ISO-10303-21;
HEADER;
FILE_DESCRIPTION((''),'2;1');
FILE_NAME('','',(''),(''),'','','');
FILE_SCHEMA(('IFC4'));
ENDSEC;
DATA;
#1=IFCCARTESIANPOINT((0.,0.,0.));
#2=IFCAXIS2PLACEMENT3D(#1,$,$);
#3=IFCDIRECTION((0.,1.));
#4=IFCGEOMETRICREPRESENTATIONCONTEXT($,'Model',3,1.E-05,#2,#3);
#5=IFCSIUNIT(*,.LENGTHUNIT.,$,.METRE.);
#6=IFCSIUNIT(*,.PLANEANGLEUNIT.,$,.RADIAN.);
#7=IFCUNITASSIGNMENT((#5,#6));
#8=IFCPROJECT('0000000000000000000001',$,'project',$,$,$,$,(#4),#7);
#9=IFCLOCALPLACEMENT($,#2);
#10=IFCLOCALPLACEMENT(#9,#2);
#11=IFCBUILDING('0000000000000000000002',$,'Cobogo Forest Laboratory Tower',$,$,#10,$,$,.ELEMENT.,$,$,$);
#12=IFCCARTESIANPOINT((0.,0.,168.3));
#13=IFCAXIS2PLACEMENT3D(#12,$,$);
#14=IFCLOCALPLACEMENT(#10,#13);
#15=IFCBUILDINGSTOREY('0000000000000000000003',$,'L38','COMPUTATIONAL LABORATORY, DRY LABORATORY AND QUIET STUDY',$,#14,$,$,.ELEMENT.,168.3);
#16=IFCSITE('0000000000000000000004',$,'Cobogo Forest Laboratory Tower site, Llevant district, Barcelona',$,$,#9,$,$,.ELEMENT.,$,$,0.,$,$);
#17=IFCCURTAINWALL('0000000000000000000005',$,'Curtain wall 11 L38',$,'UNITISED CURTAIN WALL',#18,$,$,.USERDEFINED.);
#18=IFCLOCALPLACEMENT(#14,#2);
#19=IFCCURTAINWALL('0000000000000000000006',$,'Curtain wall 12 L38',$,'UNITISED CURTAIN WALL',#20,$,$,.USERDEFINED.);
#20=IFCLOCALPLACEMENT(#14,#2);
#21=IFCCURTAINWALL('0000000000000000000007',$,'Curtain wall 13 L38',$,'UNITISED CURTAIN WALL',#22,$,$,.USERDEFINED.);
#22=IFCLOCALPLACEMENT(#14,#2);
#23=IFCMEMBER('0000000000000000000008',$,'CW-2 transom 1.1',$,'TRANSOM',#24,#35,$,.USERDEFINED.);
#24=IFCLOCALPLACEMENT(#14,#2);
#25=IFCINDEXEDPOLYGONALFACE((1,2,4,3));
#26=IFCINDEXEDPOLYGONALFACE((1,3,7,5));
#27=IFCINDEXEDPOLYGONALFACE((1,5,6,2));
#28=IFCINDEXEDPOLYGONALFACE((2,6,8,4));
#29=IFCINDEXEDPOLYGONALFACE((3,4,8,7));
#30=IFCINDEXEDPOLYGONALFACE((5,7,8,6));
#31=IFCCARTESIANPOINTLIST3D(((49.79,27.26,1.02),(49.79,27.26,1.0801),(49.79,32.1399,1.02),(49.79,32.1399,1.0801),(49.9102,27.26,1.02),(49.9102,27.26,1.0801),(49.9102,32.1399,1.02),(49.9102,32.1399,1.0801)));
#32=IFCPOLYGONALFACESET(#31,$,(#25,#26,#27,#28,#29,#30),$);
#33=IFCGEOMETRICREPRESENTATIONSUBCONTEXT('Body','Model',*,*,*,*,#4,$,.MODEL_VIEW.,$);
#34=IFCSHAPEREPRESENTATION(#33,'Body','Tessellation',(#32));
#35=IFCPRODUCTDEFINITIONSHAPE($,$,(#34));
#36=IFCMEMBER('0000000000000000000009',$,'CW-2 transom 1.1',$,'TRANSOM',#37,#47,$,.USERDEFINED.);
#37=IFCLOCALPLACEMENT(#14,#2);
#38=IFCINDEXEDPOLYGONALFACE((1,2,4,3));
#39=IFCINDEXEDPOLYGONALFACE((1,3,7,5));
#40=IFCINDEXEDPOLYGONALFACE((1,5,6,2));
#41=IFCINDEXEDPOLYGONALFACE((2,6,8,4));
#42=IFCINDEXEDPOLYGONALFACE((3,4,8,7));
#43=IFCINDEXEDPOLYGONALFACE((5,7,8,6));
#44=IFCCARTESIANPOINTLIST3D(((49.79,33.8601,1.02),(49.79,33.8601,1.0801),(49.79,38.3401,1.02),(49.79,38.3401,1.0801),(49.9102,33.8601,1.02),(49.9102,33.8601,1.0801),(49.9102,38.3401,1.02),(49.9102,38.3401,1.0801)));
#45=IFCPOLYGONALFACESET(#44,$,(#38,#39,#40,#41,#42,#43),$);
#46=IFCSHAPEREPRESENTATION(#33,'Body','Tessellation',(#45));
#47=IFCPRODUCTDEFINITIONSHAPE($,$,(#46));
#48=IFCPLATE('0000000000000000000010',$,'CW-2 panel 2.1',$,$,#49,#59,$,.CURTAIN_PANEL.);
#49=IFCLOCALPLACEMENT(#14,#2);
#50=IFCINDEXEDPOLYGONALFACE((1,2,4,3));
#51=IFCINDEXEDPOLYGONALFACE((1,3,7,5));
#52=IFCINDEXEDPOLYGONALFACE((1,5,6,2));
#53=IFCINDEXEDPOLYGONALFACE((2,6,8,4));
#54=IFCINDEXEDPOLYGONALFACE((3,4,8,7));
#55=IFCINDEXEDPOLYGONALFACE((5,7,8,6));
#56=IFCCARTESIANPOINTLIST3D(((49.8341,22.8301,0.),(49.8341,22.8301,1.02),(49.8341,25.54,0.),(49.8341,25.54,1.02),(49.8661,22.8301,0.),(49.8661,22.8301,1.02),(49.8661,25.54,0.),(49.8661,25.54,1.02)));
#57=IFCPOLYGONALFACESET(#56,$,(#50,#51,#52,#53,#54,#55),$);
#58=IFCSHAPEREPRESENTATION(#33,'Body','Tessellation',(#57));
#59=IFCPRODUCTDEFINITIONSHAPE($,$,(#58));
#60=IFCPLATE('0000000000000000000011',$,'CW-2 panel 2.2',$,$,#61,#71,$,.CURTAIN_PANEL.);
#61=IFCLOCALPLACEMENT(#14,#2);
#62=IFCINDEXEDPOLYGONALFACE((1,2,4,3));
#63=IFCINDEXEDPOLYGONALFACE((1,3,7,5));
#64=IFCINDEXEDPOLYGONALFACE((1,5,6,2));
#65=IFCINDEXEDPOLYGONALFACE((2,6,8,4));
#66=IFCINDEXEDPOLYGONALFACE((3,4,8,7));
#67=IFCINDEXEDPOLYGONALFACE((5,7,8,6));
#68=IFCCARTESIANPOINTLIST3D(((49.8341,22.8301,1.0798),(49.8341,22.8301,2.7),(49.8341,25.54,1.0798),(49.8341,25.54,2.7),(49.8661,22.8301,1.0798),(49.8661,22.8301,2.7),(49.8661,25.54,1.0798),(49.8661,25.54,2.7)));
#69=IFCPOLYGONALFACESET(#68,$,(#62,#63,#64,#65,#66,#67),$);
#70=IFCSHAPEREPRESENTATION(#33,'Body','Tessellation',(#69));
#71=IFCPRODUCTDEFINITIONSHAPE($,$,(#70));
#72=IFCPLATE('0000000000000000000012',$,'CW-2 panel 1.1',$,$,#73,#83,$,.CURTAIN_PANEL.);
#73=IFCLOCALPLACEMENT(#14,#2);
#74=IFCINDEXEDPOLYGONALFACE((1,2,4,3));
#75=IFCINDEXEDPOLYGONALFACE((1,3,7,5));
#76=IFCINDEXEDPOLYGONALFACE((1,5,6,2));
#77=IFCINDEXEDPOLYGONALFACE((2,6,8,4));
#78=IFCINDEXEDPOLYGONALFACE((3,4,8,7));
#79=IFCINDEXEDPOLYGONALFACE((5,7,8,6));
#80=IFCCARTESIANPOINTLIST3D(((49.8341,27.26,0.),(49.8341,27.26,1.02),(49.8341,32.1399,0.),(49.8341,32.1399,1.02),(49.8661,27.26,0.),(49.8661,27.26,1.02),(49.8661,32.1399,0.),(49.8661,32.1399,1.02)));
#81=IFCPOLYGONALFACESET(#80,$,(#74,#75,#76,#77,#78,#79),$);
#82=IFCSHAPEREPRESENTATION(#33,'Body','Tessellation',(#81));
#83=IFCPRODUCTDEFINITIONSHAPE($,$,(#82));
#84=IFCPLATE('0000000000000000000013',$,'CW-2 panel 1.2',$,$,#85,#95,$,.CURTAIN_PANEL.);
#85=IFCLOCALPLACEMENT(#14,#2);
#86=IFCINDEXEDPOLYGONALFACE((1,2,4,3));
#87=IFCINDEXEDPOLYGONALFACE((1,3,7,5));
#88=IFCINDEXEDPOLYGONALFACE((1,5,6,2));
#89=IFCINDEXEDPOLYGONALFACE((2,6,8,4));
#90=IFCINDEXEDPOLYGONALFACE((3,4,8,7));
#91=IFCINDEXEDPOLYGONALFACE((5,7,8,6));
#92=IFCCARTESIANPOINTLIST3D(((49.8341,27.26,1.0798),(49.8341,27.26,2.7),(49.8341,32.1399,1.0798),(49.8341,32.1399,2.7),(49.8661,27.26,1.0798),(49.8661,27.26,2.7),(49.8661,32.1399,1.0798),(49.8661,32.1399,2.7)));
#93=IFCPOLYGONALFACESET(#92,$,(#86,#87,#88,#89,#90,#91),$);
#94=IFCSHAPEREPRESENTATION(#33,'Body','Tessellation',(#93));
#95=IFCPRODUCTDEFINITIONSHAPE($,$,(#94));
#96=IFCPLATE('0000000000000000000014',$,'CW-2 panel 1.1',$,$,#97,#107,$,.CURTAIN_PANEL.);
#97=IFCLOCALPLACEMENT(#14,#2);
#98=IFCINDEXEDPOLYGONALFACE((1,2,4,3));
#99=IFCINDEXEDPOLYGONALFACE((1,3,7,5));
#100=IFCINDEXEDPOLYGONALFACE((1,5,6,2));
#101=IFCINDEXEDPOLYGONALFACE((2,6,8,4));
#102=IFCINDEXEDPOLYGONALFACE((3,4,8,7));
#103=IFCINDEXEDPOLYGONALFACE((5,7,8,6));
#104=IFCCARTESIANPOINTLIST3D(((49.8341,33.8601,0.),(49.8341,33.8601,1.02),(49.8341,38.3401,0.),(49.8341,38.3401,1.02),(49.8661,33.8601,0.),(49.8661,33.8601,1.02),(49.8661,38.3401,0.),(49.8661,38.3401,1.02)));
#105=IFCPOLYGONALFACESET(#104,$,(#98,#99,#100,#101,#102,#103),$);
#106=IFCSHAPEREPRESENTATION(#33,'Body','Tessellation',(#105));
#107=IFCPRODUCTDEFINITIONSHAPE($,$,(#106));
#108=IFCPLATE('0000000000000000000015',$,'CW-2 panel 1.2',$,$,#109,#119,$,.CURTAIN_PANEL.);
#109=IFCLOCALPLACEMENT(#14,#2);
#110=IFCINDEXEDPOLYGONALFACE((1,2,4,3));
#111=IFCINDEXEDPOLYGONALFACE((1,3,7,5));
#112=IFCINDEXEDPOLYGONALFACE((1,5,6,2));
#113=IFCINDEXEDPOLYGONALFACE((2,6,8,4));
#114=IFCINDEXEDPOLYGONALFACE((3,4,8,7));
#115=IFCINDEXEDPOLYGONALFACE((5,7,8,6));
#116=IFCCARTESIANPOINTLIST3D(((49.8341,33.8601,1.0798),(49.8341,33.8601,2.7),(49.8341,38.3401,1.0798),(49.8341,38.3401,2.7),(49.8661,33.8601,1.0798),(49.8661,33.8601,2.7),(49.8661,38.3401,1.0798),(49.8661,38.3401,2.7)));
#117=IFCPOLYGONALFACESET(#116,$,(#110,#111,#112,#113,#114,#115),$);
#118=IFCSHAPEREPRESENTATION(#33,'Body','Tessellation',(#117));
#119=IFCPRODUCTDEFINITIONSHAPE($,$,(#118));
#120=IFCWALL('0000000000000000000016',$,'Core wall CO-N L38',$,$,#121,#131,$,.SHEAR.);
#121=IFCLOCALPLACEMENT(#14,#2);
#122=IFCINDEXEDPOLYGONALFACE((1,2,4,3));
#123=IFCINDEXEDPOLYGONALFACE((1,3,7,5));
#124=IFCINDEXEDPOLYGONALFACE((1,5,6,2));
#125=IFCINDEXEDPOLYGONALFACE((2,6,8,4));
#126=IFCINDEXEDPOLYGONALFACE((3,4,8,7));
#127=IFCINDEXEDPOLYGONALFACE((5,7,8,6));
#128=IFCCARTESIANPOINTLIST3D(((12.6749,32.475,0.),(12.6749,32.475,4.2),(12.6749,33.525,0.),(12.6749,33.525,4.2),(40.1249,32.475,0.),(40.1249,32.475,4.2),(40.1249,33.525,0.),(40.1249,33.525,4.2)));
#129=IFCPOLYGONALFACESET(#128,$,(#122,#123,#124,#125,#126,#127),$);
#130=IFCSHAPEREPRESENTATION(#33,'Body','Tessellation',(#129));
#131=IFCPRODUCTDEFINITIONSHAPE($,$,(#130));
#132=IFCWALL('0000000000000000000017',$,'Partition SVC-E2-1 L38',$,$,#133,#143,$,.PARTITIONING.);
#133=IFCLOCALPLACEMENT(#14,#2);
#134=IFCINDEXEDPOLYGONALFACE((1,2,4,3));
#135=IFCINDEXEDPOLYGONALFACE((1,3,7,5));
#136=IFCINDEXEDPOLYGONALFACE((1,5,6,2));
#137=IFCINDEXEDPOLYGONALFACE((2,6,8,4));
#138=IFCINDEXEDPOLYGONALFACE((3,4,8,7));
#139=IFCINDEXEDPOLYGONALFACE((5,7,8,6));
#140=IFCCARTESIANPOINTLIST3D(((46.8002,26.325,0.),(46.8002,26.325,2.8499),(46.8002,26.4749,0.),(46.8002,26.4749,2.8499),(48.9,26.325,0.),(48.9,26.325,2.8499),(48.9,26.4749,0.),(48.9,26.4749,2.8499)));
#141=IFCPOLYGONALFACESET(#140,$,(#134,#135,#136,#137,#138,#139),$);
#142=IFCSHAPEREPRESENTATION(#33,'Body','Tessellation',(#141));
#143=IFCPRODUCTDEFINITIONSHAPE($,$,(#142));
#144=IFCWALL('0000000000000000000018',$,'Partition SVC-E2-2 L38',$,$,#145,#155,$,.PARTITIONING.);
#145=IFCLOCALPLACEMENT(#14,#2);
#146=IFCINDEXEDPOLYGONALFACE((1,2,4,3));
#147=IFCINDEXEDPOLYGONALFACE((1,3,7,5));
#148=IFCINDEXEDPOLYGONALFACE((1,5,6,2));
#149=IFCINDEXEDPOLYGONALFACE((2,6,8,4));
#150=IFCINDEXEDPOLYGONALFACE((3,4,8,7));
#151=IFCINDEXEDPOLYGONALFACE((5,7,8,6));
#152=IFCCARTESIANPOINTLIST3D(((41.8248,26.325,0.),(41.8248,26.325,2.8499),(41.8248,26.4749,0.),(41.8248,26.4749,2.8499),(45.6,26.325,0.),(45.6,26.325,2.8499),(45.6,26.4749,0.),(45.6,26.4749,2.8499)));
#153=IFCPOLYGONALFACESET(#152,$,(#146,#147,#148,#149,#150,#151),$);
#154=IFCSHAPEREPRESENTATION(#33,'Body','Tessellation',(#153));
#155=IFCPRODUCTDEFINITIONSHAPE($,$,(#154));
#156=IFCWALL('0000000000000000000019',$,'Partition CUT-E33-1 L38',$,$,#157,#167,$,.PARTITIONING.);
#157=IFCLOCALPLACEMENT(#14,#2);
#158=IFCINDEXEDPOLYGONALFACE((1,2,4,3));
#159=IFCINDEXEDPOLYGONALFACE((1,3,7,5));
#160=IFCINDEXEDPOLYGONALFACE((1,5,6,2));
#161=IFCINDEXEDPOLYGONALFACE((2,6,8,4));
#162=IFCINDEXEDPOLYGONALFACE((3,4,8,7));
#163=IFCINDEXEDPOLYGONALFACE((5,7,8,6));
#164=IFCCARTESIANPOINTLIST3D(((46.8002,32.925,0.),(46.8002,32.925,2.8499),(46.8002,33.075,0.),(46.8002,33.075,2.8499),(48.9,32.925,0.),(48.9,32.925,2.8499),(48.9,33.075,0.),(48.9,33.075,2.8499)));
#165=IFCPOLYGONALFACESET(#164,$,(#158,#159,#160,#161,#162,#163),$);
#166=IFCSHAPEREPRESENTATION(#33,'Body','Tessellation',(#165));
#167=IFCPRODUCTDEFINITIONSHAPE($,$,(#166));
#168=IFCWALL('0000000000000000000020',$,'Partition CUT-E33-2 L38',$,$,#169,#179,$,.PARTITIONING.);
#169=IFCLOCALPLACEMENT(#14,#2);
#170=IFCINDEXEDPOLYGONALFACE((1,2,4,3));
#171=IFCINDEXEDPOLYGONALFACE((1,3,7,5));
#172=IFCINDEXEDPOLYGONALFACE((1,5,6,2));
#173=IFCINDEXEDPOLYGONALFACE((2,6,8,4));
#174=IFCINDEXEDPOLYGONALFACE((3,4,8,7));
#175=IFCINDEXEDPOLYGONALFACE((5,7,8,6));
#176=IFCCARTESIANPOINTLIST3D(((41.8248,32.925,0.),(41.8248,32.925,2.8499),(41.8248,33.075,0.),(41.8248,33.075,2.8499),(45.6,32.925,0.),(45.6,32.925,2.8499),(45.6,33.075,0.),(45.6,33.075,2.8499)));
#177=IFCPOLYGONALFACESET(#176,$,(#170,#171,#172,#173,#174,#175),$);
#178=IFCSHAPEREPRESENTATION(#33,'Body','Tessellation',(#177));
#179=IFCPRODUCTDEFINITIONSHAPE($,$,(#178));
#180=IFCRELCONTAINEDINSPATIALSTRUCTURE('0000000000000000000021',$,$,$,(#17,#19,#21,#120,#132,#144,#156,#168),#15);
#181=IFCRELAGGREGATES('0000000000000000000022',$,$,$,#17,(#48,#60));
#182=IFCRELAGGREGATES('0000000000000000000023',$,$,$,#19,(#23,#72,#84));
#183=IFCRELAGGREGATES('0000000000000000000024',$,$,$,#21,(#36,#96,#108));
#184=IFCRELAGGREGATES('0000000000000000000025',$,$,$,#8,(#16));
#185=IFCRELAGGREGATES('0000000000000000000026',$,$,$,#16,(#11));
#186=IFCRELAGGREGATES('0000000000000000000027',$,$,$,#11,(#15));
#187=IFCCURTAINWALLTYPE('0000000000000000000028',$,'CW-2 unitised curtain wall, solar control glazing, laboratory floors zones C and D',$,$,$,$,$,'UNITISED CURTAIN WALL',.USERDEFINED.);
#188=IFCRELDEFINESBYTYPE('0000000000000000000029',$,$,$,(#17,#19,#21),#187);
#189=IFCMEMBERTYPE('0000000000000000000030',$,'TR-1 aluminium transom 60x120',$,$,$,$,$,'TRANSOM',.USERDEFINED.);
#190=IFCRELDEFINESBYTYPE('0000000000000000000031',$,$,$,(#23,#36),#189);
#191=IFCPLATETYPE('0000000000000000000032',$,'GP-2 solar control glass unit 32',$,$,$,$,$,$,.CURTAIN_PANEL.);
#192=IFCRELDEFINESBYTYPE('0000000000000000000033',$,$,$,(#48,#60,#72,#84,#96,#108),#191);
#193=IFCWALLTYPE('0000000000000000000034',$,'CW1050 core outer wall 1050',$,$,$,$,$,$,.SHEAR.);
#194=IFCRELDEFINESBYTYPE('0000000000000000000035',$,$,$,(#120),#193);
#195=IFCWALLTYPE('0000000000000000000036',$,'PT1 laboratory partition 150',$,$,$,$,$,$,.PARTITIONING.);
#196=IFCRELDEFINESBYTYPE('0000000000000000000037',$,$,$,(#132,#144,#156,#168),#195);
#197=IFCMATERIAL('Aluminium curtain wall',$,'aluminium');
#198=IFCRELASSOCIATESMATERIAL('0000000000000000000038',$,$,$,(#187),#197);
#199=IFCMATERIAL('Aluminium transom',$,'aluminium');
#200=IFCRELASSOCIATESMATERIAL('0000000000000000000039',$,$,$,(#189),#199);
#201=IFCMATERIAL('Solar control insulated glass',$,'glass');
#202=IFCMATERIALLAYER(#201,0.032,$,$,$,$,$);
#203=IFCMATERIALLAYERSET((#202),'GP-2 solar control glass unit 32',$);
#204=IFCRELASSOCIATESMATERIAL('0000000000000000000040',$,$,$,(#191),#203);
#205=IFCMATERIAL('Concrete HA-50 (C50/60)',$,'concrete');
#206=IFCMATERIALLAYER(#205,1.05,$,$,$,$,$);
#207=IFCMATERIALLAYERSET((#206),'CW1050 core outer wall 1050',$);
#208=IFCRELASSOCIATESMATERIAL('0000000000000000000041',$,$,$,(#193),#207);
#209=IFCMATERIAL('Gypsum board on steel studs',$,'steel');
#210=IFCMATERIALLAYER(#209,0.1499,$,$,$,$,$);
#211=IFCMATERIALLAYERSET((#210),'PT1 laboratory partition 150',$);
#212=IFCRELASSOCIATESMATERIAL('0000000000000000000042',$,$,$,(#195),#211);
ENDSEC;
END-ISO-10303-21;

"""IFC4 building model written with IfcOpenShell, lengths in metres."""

from ifc_helpers import new_model, si_unit, direction, frame, frame_2d, origin, origin_2d, place, context, subcontext, project, spatial, rectangle, extrude, material, layer, layer_set, material_profile, profile_set, type_object, element, aggregate, save


model = new_model("IFC4")

# Units and contexts
model_context = context("Model", 3, precision=1e-05, world=origin(), true_north=direction((0.0, 1.0)))
body_context = subcontext(model_context, "Body", "Model", "MODEL_VIEW")
ifc_project = project(units=[si_unit("LENGTHUNIT", "METRE"), si_unit("PLANEANGLEUNIT", "RADIAN")], contexts=[model_context])

# Site, building, storey
site_placement = place(None, origin())
site = spatial("IfcSite", under=ifc_project, at=site_placement, Name="Cobogo Forest Laboratory Tower site, Llevant district, Barcelona", CompositionType="ELEMENT", RefElevation=0.0)
building_placement = place(site_placement, origin())
building = spatial("IfcBuilding", under=site, at=building_placement, Name="Cobogo Forest Laboratory Tower", CompositionType="ELEMENT")
storey_placement = place(building_placement, frame((0.0, 0.0, 168.3)))
storey = spatial("IfcBuildingStorey", under=building, at=storey_placement, Name="L38", Description="COMPUTATIONAL LABORATORY, DRY LABORATORY AND QUIET STUDY", CompositionType="ELEMENT", Elevation=168.3)

# Shared definitions
ifc_material_1 = material(Name="Concrete HA-50 (C50/60)", Category="concrete")

# Curtain wall
ifc_material_2 = material(Name="Aluminium curtain wall", Category="aluminium")
curtain_wall_type = type_object("IfcCurtainWallType", Name="CW-2 unitised curtain wall, solar control glazing, laboratory floors zones C and D", ElementType="UNITISED CURTAIN WALL", PredefinedType="USERDEFINED", material=ifc_material_2)
curtain_wall_1_placement = place(storey_placement, origin())
curtain_wall_1 = element("IfcCurtainWall", 1, at=curtain_wall_1_placement, inside=storey, type_object=curtain_wall_type, Name="Curtain wall 11 L38", ObjectType="UNITISED CURTAIN WALL", PredefinedType="USERDEFINED")

# Curtain walls
curtain_wall_2_placement = place(storey_placement, origin())
curtain_wall_2 = element("IfcCurtainWall", 2, at=curtain_wall_2_placement, inside=storey, type_object=curtain_wall_type, Name="Curtain wall 12 L38", ObjectType="UNITISED CURTAIN WALL", PredefinedType="USERDEFINED")
curtain_wall_3_placement = place(storey_placement, origin())
curtain_wall_3 = element("IfcCurtainWall", 3, at=curtain_wall_3_placement, inside=storey, type_object=curtain_wall_type, Name="Curtain wall 13 L38", ObjectType="UNITISED CURTAIN WALL", PredefinedType="USERDEFINED")

# Members
ifc_material_3 = material(Name="Aluminium transom", Category="aluminium")
ifc_material_profile_1 = material_profile(ifc_material_3, rectangle(XDim=0.1201, YDim=0.0601, at=origin_2d()), Name="AL 60x120")
ifc_profile_set_1 = profile_set([ifc_material_profile_1], Name="Aluminium transom")
member_type_1 = type_object("IfcMemberType", Name="TR-1 aluminium transom 60x120", ElementType="TRANSOM", PredefinedType="USERDEFINED", material=ifc_profile_set_1)
member_1_placement = place(storey_placement, frame((49.8501, 27.26, 1.05), z_axis=(0.0, 1.0, 0.0), x_axis=(-1.0, 0.0, 0.0)))
member_1 = element("IfcMember", 4, at=member_1_placement, type_object=member_type_1, Name="CW-2 transom 1.1", ObjectType="TRANSOM", PredefinedType="USERDEFINED", context=body_context, shape_type="SweptSolid", body=[
    extrude(rectangle(XDim=0.1201, YDim=0.0601, at=origin_2d()), origin(), (0.0, 0.0, 1.0), 4.8799),
])
member_2_placement = place(storey_placement, frame((49.8501, 33.8601, 1.05), z_axis=(0.0, 1.0, 0.0), x_axis=(-1.0, 0.0, 0.0)))
member_2 = element("IfcMember", 5, at=member_2_placement, type_object=member_type_1, Name="CW-2 transom 1.1", ObjectType="TRANSOM", PredefinedType="USERDEFINED", context=body_context, shape_type="SweptSolid", body=[
    extrude(rectangle(XDim=0.1201, YDim=0.0601, at=origin_2d()), origin(), (0.0, 0.0, 1.0), 4.48),
])

# Plates
ifc_material_4 = material(Name="Solar control insulated glass", Category="glass")
ifc_layer_1 = layer(ifc_material_4, 0.032)
ifc_layer_set_1 = layer_set([ifc_layer_1], Name="GP-2 solar control glass unit 32")
plate_type_1 = type_object("IfcPlateType", Name="GP-2 solar control glass unit 32", PredefinedType="CURTAIN_PANEL", material=ifc_layer_set_1)
plate_1_placement = place(storey_placement, frame((49.8501, 24.1851, 0.0), z_axis=(0.0, 0.0, 1.0), x_axis=(0.0, 1.0, 0.0)))
plate_1 = element("IfcPlate", 6, at=plate_1_placement, type_object=plate_type_1, Name="CW-2 panel 2.1", PredefinedType="CURTAIN_PANEL", context=body_context, shape_type="SweptSolid", body=[
    extrude(rectangle(XDim=2.71, YDim=0.032, at=origin_2d()), origin(), (0.0, 0.0, 1.0), 1.02),
])
plate_2_placement = place(storey_placement, frame((49.8501, 24.1851, 1.0798), z_axis=(0.0, 0.0, 1.0), x_axis=(0.0, 1.0, 0.0)))
plate_2 = element("IfcPlate", 7, at=plate_2_placement, type_object=plate_type_1, Name="CW-2 panel 2.2", PredefinedType="CURTAIN_PANEL", context=body_context, shape_type="SweptSolid", body=[
    extrude(rectangle(XDim=2.71, YDim=0.032, at=origin_2d()), origin(), (0.0, 0.0, 1.0), 1.6201),
])
aggregate(curtain_wall_1, [plate_1, plate_2])
plate_3_placement = place(storey_placement, frame((49.8501, 29.7, 0.0), z_axis=(0.0, 0.0, 1.0), x_axis=(0.0, 1.0, 0.0)))
plate_3 = element("IfcPlate", 8, at=plate_3_placement, type_object=plate_type_1, Name="CW-2 panel 1.1", PredefinedType="CURTAIN_PANEL", context=body_context, shape_type="SweptSolid", body=[
    extrude(rectangle(XDim=4.8799, YDim=0.032, at=origin_2d()), origin(), (0.0, 0.0, 1.0), 1.02),
])
plate_4_placement = place(storey_placement, frame((49.8501, 29.7, 1.0798), z_axis=(0.0, 0.0, 1.0), x_axis=(0.0, 1.0, 0.0)))
plate_4 = element("IfcPlate", 9, at=plate_4_placement, type_object=plate_type_1, Name="CW-2 panel 1.2", PredefinedType="CURTAIN_PANEL", context=body_context, shape_type="SweptSolid", body=[
    extrude(rectangle(XDim=4.8799, YDim=0.032, at=origin_2d()), origin(), (0.0, 0.0, 1.0), 1.6201),
])
aggregate(curtain_wall_2, [member_1, plate_3, plate_4])
plate_5_placement = place(storey_placement, frame((49.8501, 36.1001, 0.0), z_axis=(0.0, 0.0, 1.0), x_axis=(0.0, 1.0, 0.0)))
plate_5 = element("IfcPlate", 10, at=plate_5_placement, type_object=plate_type_1, Name="CW-2 panel 1.1", PredefinedType="CURTAIN_PANEL", context=body_context, shape_type="SweptSolid", body=[
    extrude(rectangle(XDim=4.48, YDim=0.032, at=origin_2d()), origin(), (0.0, 0.0, 1.0), 1.02),
])
plate_6_placement = place(storey_placement, frame((49.8501, 36.1001, 1.0798), z_axis=(0.0, 0.0, 1.0), x_axis=(0.0, 1.0, 0.0)))
plate_6 = element("IfcPlate", 11, at=plate_6_placement, type_object=plate_type_1, Name="CW-2 panel 1.2", PredefinedType="CURTAIN_PANEL", context=body_context, shape_type="SweptSolid", body=[
    extrude(rectangle(XDim=4.48, YDim=0.032, at=origin_2d()), origin(), (0.0, 0.0, 1.0), 1.6201),
])
aggregate(curtain_wall_3, [member_2, plate_5, plate_6])

# Walls
ifc_layer_2 = layer(ifc_material_1, 1.05)
ifc_layer_set_2 = layer_set([ifc_layer_2], Name="CW1050 core outer wall 1050")
wall_type_1 = type_object("IfcWallType", Name="CW1050 core outer wall 1050", PredefinedType="SHEAR", material=ifc_layer_set_2)
wall_1_placement = place(storey_placement, frame((40.125, 33.0, 0.0), z_axis=(0.0, 0.0, 1.0), x_axis=(-1.0, 0.0, 0.0)))
element("IfcWall", 12, at=wall_1_placement, inside=storey, type_object=wall_type_1, Name="Core wall CO-N L38", PredefinedType="SHEAR", context=body_context, shape_type="SweptSolid", body=[
    extrude(rectangle(XDim=27.45, YDim=1.05, at=frame_2d((13.7251, 0.0))), origin(), (0.0, 0.0, 1.0), 4.2),
])
ifc_material_5 = material(Name="Gypsum board on steel studs", Category="steel")
ifc_layer_3 = layer(ifc_material_5, 0.1499)
ifc_layer_set_3 = layer_set([ifc_layer_3], Name="PT1 laboratory partition 150")
wall_type_2 = type_object("IfcWallType", Name="PT1 laboratory partition 150", PredefinedType="PARTITIONING", material=ifc_layer_set_3)
wall_2_placement = place(storey_placement, frame((48.8999, 26.3999, 0.0), z_axis=(0.0, 0.0, 1.0), x_axis=(-1.0, 0.0, 0.0)))
element("IfcWall", 13, at=wall_2_placement, inside=storey, type_object=wall_type_2, Name="Partition SVC-E2-1 L38", PredefinedType="PARTITIONING", context=body_context, shape_type="SweptSolid", body=[
    extrude(rectangle(XDim=2.0999, YDim=0.1499, at=frame_2d((1.0498, 0.0))), origin(), (0.0, 0.0, 1.0), 2.8499),
])
wall_3_placement = place(storey_placement, frame((45.6001, 26.3999, 0.0), z_axis=(0.0, 0.0, 1.0), x_axis=(-1.0, 0.0, 0.0)))
element("IfcWall", 14, at=wall_3_placement, inside=storey, type_object=wall_type_2, Name="Partition SVC-E2-2 L38", PredefinedType="PARTITIONING", context=body_context, shape_type="SweptSolid", body=[
    extrude(rectangle(XDim=3.7751, YDim=0.1499, at=frame_2d((1.8877, 0.0))), origin(), (0.0, 0.0, 1.0), 2.8499),
])
wall_4_placement = place(storey_placement, frame((48.8999, 33.0, 0.0), z_axis=(0.0, 0.0, 1.0), x_axis=(-1.0, 0.0, 0.0)))
element("IfcWall", 15, at=wall_4_placement, inside=storey, type_object=wall_type_2, Name="Partition CUT-E33-1 L38", PredefinedType="PARTITIONING", context=body_context, shape_type="SweptSolid", body=[
    extrude(rectangle(XDim=2.0999, YDim=0.1499, at=frame_2d((1.0498, 0.0))), origin(), (0.0, 0.0, 1.0), 2.8499),
])
wall_5_placement = place(storey_placement, frame((45.6001, 33.0, 0.0), z_axis=(0.0, 0.0, 1.0), x_axis=(-1.0, 0.0, 0.0)))
element("IfcWall", 16, at=wall_5_placement, inside=storey, type_object=wall_type_2, Name="Partition CUT-E33-2 L38", PredefinedType="PARTITIONING", context=body_context, shape_type="SweptSolid", body=[
    extrude(rectangle(XDim=3.7751, YDim=0.1499, at=frame_2d((1.8877, 0.0))), origin(), (0.0, 0.0, 1.0), 2.8499),
])

save(model, "model.ifc")
